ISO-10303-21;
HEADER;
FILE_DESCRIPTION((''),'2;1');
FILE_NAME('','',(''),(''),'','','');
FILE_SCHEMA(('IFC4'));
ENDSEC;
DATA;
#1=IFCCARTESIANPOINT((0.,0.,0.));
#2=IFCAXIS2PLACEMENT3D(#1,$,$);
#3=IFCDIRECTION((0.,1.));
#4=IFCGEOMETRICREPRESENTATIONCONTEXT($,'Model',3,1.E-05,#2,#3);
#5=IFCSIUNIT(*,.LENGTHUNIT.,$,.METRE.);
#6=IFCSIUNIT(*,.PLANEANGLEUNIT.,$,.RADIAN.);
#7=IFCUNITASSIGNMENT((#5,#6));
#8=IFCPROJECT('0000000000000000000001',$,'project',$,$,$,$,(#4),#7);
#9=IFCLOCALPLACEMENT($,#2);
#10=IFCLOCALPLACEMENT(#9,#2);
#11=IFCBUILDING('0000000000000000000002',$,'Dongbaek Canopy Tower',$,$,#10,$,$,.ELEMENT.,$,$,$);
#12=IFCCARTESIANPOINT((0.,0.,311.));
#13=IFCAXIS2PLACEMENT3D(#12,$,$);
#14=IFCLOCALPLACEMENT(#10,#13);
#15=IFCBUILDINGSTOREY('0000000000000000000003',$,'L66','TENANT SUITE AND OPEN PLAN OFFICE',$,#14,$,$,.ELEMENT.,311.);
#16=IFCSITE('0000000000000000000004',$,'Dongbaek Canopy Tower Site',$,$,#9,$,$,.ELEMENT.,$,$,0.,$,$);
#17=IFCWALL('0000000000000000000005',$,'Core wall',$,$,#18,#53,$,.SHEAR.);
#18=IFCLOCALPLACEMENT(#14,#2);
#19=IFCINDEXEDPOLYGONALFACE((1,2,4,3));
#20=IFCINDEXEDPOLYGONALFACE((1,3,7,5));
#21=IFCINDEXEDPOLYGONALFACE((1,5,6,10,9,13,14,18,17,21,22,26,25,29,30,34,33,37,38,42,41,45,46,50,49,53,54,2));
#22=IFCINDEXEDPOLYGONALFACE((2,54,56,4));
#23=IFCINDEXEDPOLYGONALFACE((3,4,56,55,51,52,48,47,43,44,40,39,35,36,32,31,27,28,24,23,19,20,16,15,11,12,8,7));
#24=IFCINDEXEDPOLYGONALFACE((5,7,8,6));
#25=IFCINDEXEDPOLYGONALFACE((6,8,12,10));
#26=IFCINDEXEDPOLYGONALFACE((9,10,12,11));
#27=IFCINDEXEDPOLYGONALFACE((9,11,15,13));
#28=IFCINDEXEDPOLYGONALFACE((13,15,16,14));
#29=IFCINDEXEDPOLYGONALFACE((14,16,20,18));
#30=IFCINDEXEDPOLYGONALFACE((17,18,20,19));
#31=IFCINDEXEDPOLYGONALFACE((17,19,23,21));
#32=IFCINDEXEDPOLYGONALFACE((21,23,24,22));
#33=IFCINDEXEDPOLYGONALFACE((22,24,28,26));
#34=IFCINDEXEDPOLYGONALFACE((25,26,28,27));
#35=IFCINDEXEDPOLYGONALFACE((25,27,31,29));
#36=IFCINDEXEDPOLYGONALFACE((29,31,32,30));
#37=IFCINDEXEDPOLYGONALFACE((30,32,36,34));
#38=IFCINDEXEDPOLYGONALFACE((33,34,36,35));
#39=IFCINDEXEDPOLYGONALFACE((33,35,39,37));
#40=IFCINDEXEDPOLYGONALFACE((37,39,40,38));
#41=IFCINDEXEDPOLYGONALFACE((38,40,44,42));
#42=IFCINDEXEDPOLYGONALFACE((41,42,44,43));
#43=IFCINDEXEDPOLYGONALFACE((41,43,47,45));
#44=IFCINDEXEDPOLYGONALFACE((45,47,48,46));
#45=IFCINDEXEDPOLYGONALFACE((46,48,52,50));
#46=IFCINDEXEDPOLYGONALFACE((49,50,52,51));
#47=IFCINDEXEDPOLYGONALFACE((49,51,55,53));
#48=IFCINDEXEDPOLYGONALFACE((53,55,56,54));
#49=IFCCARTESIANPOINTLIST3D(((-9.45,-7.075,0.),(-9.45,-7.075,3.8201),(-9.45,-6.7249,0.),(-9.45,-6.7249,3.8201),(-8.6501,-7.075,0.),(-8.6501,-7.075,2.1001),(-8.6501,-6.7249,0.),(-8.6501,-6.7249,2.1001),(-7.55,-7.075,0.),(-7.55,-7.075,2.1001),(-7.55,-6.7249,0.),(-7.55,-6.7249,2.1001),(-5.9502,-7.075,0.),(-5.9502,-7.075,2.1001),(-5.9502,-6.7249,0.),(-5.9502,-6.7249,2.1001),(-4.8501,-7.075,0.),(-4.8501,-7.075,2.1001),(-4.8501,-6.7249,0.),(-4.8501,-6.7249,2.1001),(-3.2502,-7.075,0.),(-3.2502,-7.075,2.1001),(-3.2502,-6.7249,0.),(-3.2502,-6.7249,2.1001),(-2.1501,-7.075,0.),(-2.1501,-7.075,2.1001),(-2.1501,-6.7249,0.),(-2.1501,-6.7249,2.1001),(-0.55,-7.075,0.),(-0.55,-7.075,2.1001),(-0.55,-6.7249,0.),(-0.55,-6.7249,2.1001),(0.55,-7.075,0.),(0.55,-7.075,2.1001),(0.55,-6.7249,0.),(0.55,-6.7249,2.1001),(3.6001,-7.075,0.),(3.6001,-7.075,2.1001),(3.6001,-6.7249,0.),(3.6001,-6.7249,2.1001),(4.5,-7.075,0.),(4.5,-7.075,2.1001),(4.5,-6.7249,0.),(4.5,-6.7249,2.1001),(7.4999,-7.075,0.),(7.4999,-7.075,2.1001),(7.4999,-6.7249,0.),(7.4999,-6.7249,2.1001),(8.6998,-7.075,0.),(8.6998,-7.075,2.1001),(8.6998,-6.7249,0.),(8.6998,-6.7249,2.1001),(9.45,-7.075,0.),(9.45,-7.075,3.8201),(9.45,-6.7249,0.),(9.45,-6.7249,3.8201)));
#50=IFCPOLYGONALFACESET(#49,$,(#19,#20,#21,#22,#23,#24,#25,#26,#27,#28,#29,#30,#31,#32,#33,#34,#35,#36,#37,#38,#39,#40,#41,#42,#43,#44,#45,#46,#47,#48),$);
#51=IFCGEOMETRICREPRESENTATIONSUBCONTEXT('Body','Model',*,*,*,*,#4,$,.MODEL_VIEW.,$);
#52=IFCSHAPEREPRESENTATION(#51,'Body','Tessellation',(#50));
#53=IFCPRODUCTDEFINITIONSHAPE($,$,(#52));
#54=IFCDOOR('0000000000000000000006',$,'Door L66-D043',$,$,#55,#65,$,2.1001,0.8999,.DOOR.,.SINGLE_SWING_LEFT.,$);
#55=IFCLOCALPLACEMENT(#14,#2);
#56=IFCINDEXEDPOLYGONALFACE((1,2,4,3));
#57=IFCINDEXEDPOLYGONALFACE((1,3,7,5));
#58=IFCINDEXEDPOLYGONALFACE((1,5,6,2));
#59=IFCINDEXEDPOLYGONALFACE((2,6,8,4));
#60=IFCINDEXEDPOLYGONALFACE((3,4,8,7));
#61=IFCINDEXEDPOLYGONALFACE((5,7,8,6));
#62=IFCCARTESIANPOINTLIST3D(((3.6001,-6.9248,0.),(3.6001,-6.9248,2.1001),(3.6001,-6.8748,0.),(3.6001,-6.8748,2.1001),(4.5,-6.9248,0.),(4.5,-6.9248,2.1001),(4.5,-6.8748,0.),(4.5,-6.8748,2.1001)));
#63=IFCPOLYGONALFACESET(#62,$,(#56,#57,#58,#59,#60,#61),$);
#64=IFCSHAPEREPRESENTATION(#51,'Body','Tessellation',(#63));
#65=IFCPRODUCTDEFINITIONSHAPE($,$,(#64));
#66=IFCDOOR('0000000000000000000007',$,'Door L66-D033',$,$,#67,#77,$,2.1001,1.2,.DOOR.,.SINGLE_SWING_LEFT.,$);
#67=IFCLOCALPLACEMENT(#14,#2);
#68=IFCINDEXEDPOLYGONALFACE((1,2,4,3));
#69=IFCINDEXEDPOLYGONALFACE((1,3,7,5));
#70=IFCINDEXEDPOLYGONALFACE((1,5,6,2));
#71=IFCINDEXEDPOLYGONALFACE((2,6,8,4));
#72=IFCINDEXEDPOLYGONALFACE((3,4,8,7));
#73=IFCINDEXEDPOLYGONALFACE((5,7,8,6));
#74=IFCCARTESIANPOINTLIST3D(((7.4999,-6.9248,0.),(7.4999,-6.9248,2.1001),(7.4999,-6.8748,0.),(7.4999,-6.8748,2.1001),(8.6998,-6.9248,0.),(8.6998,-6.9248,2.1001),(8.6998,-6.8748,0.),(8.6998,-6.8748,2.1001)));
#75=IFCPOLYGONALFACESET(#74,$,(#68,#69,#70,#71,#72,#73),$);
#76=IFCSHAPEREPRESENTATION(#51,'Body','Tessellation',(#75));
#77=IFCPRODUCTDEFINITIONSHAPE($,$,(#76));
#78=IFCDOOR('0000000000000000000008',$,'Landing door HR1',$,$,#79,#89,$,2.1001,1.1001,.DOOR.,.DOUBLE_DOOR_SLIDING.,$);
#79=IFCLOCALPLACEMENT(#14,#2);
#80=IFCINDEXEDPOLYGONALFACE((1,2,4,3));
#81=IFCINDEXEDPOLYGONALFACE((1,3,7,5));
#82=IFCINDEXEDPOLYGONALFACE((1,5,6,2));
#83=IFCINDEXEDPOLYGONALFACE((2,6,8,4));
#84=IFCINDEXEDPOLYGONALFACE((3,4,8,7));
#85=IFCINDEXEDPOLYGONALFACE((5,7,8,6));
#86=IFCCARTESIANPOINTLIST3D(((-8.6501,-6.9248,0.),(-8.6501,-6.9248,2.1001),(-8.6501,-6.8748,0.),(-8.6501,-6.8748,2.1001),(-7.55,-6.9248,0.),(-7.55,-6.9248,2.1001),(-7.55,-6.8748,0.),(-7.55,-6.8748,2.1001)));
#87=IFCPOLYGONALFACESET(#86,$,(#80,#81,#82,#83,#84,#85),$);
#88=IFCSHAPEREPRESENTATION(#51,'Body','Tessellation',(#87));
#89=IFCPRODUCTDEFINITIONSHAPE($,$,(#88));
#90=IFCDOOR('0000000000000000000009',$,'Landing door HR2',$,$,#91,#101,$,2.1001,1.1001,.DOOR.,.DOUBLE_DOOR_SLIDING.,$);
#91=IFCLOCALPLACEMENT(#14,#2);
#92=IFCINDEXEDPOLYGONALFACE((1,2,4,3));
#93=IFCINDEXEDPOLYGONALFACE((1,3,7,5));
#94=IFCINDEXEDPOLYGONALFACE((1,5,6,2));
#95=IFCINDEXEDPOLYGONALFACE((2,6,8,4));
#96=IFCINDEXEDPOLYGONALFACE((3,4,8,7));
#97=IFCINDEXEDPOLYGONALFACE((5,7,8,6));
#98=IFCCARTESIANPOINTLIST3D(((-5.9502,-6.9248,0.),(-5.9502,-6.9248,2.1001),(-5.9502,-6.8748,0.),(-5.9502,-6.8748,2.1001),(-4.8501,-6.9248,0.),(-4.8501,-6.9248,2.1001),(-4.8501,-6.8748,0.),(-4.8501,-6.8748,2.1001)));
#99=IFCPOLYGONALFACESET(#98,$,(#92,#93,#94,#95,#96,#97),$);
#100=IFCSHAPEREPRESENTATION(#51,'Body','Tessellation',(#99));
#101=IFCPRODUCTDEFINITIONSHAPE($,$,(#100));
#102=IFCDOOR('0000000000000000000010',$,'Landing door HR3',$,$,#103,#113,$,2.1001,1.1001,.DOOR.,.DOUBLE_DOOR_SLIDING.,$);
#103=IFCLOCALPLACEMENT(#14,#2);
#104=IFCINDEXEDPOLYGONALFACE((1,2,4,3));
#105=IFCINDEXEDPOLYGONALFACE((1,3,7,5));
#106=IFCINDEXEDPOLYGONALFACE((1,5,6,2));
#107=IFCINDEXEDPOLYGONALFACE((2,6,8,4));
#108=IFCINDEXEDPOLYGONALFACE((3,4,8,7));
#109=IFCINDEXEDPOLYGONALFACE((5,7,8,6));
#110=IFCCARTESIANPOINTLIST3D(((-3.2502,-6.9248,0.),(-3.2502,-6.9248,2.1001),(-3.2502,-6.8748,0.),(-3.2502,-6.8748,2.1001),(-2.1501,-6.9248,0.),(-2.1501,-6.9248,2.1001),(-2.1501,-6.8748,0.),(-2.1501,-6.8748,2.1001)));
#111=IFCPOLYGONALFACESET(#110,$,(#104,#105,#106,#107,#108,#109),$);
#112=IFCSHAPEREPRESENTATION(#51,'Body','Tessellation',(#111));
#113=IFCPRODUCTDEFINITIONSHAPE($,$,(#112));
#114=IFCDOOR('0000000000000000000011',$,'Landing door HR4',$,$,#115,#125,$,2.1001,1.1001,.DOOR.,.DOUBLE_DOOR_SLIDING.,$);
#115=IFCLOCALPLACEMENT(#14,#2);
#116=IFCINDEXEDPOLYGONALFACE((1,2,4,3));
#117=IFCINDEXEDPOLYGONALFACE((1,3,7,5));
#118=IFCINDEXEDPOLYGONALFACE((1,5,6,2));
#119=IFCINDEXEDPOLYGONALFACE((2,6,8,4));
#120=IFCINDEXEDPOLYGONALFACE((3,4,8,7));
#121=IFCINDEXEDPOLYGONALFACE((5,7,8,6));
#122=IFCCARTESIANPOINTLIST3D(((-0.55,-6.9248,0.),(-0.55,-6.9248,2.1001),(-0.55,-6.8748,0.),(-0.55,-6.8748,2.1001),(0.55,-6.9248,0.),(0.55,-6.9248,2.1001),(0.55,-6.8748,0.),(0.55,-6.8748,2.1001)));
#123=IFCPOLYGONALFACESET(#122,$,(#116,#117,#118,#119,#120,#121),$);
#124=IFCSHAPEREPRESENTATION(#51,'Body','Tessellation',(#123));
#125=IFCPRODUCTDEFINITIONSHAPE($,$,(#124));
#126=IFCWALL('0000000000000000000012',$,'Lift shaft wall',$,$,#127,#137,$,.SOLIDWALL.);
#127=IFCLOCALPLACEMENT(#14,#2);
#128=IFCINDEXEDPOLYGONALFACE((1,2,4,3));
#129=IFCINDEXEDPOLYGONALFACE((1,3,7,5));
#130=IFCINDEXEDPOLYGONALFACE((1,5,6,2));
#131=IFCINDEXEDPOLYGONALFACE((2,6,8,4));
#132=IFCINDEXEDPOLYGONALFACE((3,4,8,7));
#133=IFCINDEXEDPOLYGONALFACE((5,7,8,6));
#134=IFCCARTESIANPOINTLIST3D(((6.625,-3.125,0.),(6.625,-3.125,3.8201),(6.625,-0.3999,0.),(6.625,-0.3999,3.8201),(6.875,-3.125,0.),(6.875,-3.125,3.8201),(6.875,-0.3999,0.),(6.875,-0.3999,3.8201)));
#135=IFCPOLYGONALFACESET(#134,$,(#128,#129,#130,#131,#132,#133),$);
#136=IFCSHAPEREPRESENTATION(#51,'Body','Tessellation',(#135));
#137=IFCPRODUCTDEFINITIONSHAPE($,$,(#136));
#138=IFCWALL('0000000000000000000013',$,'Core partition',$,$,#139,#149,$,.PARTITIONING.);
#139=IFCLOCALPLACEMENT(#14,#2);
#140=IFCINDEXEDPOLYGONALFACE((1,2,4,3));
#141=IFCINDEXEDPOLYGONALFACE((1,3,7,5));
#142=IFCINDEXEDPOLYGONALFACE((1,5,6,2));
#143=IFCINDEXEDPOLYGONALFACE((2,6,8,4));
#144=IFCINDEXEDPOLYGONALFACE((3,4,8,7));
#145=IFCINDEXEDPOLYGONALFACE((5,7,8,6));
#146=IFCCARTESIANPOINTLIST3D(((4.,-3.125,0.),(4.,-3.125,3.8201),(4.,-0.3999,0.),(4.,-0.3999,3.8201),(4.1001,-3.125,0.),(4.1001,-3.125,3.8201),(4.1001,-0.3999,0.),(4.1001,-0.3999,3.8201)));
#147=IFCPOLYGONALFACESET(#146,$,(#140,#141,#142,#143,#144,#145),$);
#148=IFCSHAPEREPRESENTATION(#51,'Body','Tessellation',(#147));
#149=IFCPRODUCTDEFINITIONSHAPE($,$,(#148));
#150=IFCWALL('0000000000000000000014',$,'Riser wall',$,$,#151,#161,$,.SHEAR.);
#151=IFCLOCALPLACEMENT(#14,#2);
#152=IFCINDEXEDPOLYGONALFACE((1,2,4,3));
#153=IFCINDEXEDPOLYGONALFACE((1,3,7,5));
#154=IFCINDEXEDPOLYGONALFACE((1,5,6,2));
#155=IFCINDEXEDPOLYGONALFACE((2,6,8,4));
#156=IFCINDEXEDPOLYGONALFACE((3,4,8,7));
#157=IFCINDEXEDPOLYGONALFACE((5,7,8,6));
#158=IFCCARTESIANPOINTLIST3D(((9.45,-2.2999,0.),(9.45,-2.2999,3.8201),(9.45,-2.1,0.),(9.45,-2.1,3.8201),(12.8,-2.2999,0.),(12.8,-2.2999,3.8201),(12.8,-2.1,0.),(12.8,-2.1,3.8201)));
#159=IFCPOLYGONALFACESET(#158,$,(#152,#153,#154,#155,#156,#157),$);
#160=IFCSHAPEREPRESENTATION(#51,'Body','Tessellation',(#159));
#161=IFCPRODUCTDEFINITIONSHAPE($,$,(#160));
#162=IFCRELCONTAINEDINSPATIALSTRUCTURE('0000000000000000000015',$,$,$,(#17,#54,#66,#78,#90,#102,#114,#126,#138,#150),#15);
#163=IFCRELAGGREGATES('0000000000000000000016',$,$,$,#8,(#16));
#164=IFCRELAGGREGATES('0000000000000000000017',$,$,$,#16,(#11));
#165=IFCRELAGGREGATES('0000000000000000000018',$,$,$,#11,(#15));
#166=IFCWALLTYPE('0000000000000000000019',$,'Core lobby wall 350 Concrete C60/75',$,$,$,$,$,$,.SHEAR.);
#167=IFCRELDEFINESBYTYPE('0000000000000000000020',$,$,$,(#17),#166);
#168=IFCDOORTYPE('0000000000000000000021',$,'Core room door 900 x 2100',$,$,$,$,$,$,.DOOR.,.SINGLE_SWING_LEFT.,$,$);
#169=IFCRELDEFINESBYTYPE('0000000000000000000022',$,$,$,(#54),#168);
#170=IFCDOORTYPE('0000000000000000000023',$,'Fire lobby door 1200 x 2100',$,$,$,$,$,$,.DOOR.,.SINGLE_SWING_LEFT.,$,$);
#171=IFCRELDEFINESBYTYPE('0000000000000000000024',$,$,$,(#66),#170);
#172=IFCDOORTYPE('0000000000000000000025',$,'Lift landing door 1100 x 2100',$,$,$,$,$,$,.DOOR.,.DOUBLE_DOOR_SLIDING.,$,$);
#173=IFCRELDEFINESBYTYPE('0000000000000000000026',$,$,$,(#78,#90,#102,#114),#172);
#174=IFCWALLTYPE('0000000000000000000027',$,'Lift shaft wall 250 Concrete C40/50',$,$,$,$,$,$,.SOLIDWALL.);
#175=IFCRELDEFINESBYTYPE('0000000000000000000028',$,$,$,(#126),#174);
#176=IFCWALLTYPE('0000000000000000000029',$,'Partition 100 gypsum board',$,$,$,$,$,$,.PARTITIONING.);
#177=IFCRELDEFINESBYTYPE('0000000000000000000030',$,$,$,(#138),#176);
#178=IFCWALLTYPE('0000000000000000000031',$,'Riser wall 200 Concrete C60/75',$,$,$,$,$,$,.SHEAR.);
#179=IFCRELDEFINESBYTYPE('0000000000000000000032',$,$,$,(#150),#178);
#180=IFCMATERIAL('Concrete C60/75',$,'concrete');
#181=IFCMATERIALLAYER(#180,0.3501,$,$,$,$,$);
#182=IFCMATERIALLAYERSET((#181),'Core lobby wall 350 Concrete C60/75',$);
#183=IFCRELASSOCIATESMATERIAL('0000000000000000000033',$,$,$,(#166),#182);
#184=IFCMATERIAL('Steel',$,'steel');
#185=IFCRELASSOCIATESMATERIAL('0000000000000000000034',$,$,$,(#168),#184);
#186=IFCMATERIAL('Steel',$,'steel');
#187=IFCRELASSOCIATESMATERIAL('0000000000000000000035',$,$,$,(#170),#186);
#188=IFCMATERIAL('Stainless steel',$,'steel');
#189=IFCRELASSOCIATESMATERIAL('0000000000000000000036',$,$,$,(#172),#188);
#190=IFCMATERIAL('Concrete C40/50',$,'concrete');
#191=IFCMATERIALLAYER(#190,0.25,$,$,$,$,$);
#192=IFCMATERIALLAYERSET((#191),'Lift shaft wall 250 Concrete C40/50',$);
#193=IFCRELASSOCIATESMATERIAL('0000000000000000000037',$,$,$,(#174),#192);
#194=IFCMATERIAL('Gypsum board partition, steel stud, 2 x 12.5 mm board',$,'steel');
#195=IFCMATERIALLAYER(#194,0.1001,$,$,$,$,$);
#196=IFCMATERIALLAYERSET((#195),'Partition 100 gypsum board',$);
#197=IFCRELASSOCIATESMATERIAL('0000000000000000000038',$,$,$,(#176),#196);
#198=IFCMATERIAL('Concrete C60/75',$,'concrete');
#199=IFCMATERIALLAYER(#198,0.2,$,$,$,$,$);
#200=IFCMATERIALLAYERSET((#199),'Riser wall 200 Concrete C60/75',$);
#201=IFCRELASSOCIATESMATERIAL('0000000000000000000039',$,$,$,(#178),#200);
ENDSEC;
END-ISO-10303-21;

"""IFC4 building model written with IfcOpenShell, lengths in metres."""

from ifc_helpers import new_model, si_unit, direction, frame, frame_2d, origin, place, context, subcontext, project, spatial, rectangle, extrude, material, layer, layer_set, type_object, element, fill, save


model = new_model("IFC4")

# Units and contexts
model_context = context("Model", 3, precision=1e-05, world=origin(), true_north=direction((0.0, 1.0)))
body_context = subcontext(model_context, "Body", "Model", "MODEL_VIEW")
ifc_project = project(units=[si_unit("LENGTHUNIT", "METRE"), si_unit("PLANEANGLEUNIT", "RADIAN")], contexts=[model_context])

# Site, building, storey
site_placement = place(None, origin())
site = spatial("IfcSite", under=ifc_project, at=site_placement, Name="Dongbaek Canopy Tower Site", CompositionType="ELEMENT", RefElevation=0.0)
building_placement = place(site_placement, origin())
building = spatial("IfcBuilding", under=site, at=building_placement, Name="Dongbaek Canopy Tower", CompositionType="ELEMENT")
storey_placement = place(building_placement, frame((0.0, 0.0, 311.0)))
storey = spatial("IfcBuildingStorey", under=building, at=storey_placement, Name="L66", Description="TENANT SUITE AND OPEN PLAN OFFICE", CompositionType="ELEMENT", Elevation=311.0)

# Wall, openings, doors
ifc_material_1 = material(Name="Concrete C60/75", Category="concrete")
ifc_layer_1 = layer(ifc_material_1, 0.3501)
ifc_layer_set_1 = layer_set([ifc_layer_1], Name="Core lobby wall 350 Concrete C60/75")
wall_type_1 = type_object("IfcWallType", Name="Core lobby wall 350 Concrete C60/75", PredefinedType="SHEAR", material=ifc_layer_set_1)
wall_1_placement = place(storey_placement, frame((9.45, -6.8999, 0.0), z_axis=(0.0, 0.0, 1.0), x_axis=(-1.0, 0.0, 0.0)))
wall_1 = element("IfcWall", 1, at=wall_1_placement, inside=storey, type_object=wall_type_1, Name="Core wall", PredefinedType="SHEAR", context=body_context, shape_type="SweptSolid", body=[
    extrude(rectangle(XDim=18.8999, YDim=0.3501, at=frame_2d((9.45, 0.0))), origin(), (0.0, 0.0, 1.0), 3.8201),
])
opening_1_placement = place(wall_1_placement, frame((17.0, 0.0, 0.0)))
opening_1 = element("IfcOpeningElement", 2, at=opening_1_placement, cuts=wall_1, PredefinedType="OPENING", context=body_context, shape_type="SweptSolid", body=[
    extrude(rectangle(XDim=1.1001, YDim=2.1001, at=frame_2d((0.55, 1.05))), frame((0.0, 0.1851, 0.0), z_axis=(0.0, -1.0, 0.0), x_axis=(1.0, 0.0, 0.0)), (0.0, 0.0, 1.0), 0.3701),
])
opening_2_placement = place(wall_1_placement, frame((14.3, 0.0, 0.0)))
opening_2 = element("IfcOpeningElement", 3, at=opening_2_placement, cuts=wall_1, PredefinedType="OPENING", context=body_context, shape_type="SweptSolid", body=[
    extrude(rectangle(XDim=1.1001, YDim=2.1001, at=frame_2d((0.55, 1.05))), frame((0.0, 0.1851, 0.0), z_axis=(0.0, -1.0, 0.0), x_axis=(1.0, 0.0, 0.0)), (0.0, 0.0, 1.0), 0.3701),
])
opening_3_placement = place(wall_1_placement, frame((11.6001, 0.0, 0.0)))
opening_3 = element("IfcOpeningElement", 4, at=opening_3_placement, cuts=wall_1, PredefinedType="OPENING", context=body_context, shape_type="SweptSolid", body=[
    extrude(rectangle(XDim=1.1001, YDim=2.1001, at=frame_2d((0.55, 1.05))), frame((0.0, 0.1851, 0.0), z_axis=(0.0, -1.0, 0.0), x_axis=(1.0, 0.0, 0.0)), (0.0, 0.0, 1.0), 0.3701),
])
opening_4_placement = place(wall_1_placement, frame((8.8999, 0.0, 0.0)))
opening_4 = element("IfcOpeningElement", 5, at=opening_4_placement, cuts=wall_1, PredefinedType="OPENING", context=body_context, shape_type="SweptSolid", body=[
    extrude(rectangle(XDim=1.1001, YDim=2.1001, at=frame_2d((0.55, 1.05))), frame((0.0, 0.1851, 0.0), z_axis=(0.0, -1.0, 0.0), x_axis=(1.0, 0.0, 0.0)), (0.0, 0.0, 1.0), 0.3701),
])
opening_5_placement = place(wall_1_placement, frame((0.75, 0.0, 0.0)))
opening_5 = element("IfcOpeningElement", 6, at=opening_5_placement, cuts=wall_1, PredefinedType="OPENING", context=body_context, shape_type="SweptSolid", body=[
    extrude(rectangle(XDim=1.2, YDim=2.1001, at=frame_2d((0.6001, 1.05))), frame((0.0, 0.1851, 0.0), z_axis=(0.0, -1.0, 0.0), x_axis=(1.0, 0.0, 0.0)), (0.0, 0.0, 1.0), 0.3701),
])
opening_6_placement = place(wall_1_placement, frame((4.95, 0.0, 0.0)))
opening_6 = element("IfcOpeningElement", 7, at=opening_6_placement, cuts=wall_1, PredefinedType="OPENING", context=body_context, shape_type="SweptSolid", body=[
    extrude(rectangle(XDim=0.8999, YDim=2.1001, at=frame_2d((0.45, 1.05))), frame((0.0, 0.1851, 0.0), z_axis=(0.0, -1.0, 0.0), x_axis=(1.0, 0.0, 0.0)), (0.0, 0.0, 1.0), 0.3701),
])
ifc_material_2 = material(Name="Steel", Category="steel")
door_type_1 = type_object("IfcDoorType", Name="Core room door 900 x 2100", OperationType="SINGLE_SWING_LEFT", PredefinedType="DOOR", material=ifc_material_2)
door_1_placement = place(opening_6_placement, origin())
door_1 = element("IfcDoor", 8, at=door_1_placement, inside=storey, type_object=door_type_1, Name="Door L66-D043", OperationType="SINGLE_SWING_LEFT", OverallHeight=2.1001, OverallWidth=0.8999, PredefinedType="DOOR", context=body_context, shape_type="SweptSolid", body=[
    extrude(rectangle(XDim=0.8999, YDim=2.1001, at=frame_2d((0.45, 1.05))), frame((0.0, 0.0249, 0.0), z_axis=(0.0, -1.0, 0.0), x_axis=(1.0, 0.0, 0.0)), (0.0, 0.0, 1.0), 0.05),
])
fill(opening_6, door_1)
ifc_material_3 = material(Name="Steel", Category="steel")
door_type_2 = type_object("IfcDoorType", Name="Fire lobby door 1200 x 2100", OperationType="SINGLE_SWING_LEFT", PredefinedType="DOOR", material=ifc_material_3)
door_2_placement = place(opening_5_placement, origin())
door_2 = element("IfcDoor", 9, at=door_2_placement, inside=storey, type_object=door_type_2, Name="Door L66-D033", OperationType="SINGLE_SWING_LEFT", OverallHeight=2.1001, OverallWidth=1.2, PredefinedType="DOOR", context=body_context, shape_type="SweptSolid", body=[
    extrude(rectangle(XDim=1.2, YDim=2.1001, at=frame_2d((0.6001, 1.05))), frame((0.0, 0.0249, 0.0), z_axis=(0.0, -1.0, 0.0), x_axis=(1.0, 0.0, 0.0)), (0.0, 0.0, 1.0), 0.05),
])
fill(opening_5, door_2)
ifc_material_4 = material(Name="Stainless steel", Category="steel")
door_type_3 = type_object("IfcDoorType", Name="Lift landing door 1100 x 2100", OperationType="DOUBLE_DOOR_SLIDING", PredefinedType="DOOR", material=ifc_material_4)
door_3_placement = place(opening_1_placement, origin())
door_3 = element("IfcDoor", 10, at=door_3_placement, inside=storey, type_object=door_type_3, Name="Landing door HR1", OperationType="DOUBLE_DOOR_SLIDING", OverallHeight=2.1001, OverallWidth=1.1001, PredefinedType="DOOR", context=body_context, shape_type="SweptSolid", body=[
    extrude(rectangle(XDim=1.1001, YDim=2.1001, at=frame_2d((0.55, 1.05))), frame((0.0, 0.0249, 0.0), z_axis=(0.0, -1.0, 0.0), x_axis=(1.0, 0.0, 0.0)), (0.0, 0.0, 1.0), 0.05),
])
fill(opening_1, door_3)
door_4_placement = place(opening_2_placement, origin())
door_4 = element("IfcDoor", 11, at=door_4_placement, inside=storey, type_object=door_type_3, Name="Landing door HR2", OperationType="DOUBLE_DOOR_SLIDING", OverallHeight=2.1001, OverallWidth=1.1001, PredefinedType="DOOR", context=body_context, shape_type="SweptSolid", body=[
    extrude(rectangle(XDim=1.1001, YDim=2.1001, at=frame_2d((0.55, 1.05))), frame((0.0, 0.0249, 0.0), z_axis=(0.0, -1.0, 0.0), x_axis=(1.0, 0.0, 0.0)), (0.0, 0.0, 1.0), 0.05),
])
fill(opening_2, door_4)
door_5_placement = place(opening_3_placement, origin())
door_5 = element("IfcDoor", 12, at=door_5_placement, inside=storey, type_object=door_type_3, Name="Landing door HR3", OperationType="DOUBLE_DOOR_SLIDING", OverallHeight=2.1001, OverallWidth=1.1001, PredefinedType="DOOR", context=body_context, shape_type="SweptSolid", body=[
    extrude(rectangle(XDim=1.1001, YDim=2.1001, at=frame_2d((0.55, 1.05))), frame((0.0, 0.0249, 0.0), z_axis=(0.0, -1.0, 0.0), x_axis=(1.0, 0.0, 0.0)), (0.0, 0.0, 1.0), 0.05),
])
fill(opening_3, door_5)
door_6_placement = place(opening_4_placement, origin())
door_6 = element("IfcDoor", 13, at=door_6_placement, inside=storey, type_object=door_type_3, Name="Landing door HR4", OperationType="DOUBLE_DOOR_SLIDING", OverallHeight=2.1001, OverallWidth=1.1001, PredefinedType="DOOR", context=body_context, shape_type="SweptSolid", body=[
    extrude(rectangle(XDim=1.1001, YDim=2.1001, at=frame_2d((0.55, 1.05))), frame((0.0, 0.0249, 0.0), z_axis=(0.0, -1.0, 0.0), x_axis=(1.0, 0.0, 0.0)), (0.0, 0.0, 1.0), 0.05),
])
fill(opening_4, door_6)

# Walls
ifc_material_5 = material(Name="Concrete C40/50", Category="concrete")
ifc_layer_2 = layer(ifc_material_5, 0.25)
ifc_layer_set_2 = layer_set([ifc_layer_2], Name="Lift shaft wall 250 Concrete C40/50")
wall_type_2 = type_object("IfcWallType", Name="Lift shaft wall 250 Concrete C40/50", PredefinedType="SOLIDWALL", material=ifc_layer_set_2)
wall_2_placement = place(storey_placement, frame((6.75, -3.125, 0.0), z_axis=(0.0, 0.0, 1.0), x_axis=(0.0, 1.0, 0.0)))
element("IfcWall", 14, at=wall_2_placement, inside=storey, type_object=wall_type_2, Name="Lift shaft wall", PredefinedType="SOLIDWALL", context=body_context, shape_type="SweptSolid", body=[
    extrude(rectangle(XDim=2.7251, YDim=0.25, at=frame_2d((1.3625, 0.0))), origin(), (0.0, 0.0, 1.0), 3.8201),
])
ifc_material_6 = material(Name="Gypsum board partition, steel stud, 2 x 12.5 mm board", Category="steel")
ifc_layer_3 = layer(ifc_material_6, 0.1001)
ifc_layer_set_3 = layer_set([ifc_layer_3], Name="Partition 100 gypsum board")
wall_type_3 = type_object("IfcWallType", Name="Partition 100 gypsum board", PredefinedType="PARTITIONING", material=ifc_layer_set_3)
wall_3_placement = place(storey_placement, frame((4.05, -3.125, 0.0), z_axis=(0.0, 0.0, 1.0), x_axis=(0.0, 1.0, 0.0)))
element("IfcWall", 15, at=wall_3_placement, inside=storey, type_object=wall_type_3, Name="Core partition", PredefinedType="PARTITIONING", context=body_context, shape_type="SweptSolid", body=[
    extrude(rectangle(XDim=2.7251, YDim=0.1001, at=frame_2d((1.3625, 0.0))), origin(), (0.0, 0.0, 1.0), 3.8201),
])
ifc_material_7 = material(Name="Concrete C60/75", Category="concrete")
ifc_layer_4 = layer(ifc_material_7, 0.2)
ifc_layer_set_4 = layer_set([ifc_layer_4], Name="Riser wall 200 Concrete C60/75")
wall_type_4 = type_object("IfcWallType", Name="Riser wall 200 Concrete C60/75", PredefinedType="SHEAR", material=ifc_layer_set_4)
wall_4_placement = place(storey_placement, frame((9.45, -2.2, 0.0), z_axis=(0.0, 0.0, 1.0), x_axis=(1.0, 0.0, 0.0)))
element("IfcWall", 16, at=wall_4_placement, inside=storey, type_object=wall_type_4, Name="Riser wall", PredefinedType="SHEAR", context=body_context, shape_type="SweptSolid", body=[
    extrude(rectangle(XDim=3.3501, YDim=0.2, at=frame_2d((1.675, 0.0))), origin(), (0.0, 0.0, 1.0), 3.8201),
])

save(model, "model.ifc")
